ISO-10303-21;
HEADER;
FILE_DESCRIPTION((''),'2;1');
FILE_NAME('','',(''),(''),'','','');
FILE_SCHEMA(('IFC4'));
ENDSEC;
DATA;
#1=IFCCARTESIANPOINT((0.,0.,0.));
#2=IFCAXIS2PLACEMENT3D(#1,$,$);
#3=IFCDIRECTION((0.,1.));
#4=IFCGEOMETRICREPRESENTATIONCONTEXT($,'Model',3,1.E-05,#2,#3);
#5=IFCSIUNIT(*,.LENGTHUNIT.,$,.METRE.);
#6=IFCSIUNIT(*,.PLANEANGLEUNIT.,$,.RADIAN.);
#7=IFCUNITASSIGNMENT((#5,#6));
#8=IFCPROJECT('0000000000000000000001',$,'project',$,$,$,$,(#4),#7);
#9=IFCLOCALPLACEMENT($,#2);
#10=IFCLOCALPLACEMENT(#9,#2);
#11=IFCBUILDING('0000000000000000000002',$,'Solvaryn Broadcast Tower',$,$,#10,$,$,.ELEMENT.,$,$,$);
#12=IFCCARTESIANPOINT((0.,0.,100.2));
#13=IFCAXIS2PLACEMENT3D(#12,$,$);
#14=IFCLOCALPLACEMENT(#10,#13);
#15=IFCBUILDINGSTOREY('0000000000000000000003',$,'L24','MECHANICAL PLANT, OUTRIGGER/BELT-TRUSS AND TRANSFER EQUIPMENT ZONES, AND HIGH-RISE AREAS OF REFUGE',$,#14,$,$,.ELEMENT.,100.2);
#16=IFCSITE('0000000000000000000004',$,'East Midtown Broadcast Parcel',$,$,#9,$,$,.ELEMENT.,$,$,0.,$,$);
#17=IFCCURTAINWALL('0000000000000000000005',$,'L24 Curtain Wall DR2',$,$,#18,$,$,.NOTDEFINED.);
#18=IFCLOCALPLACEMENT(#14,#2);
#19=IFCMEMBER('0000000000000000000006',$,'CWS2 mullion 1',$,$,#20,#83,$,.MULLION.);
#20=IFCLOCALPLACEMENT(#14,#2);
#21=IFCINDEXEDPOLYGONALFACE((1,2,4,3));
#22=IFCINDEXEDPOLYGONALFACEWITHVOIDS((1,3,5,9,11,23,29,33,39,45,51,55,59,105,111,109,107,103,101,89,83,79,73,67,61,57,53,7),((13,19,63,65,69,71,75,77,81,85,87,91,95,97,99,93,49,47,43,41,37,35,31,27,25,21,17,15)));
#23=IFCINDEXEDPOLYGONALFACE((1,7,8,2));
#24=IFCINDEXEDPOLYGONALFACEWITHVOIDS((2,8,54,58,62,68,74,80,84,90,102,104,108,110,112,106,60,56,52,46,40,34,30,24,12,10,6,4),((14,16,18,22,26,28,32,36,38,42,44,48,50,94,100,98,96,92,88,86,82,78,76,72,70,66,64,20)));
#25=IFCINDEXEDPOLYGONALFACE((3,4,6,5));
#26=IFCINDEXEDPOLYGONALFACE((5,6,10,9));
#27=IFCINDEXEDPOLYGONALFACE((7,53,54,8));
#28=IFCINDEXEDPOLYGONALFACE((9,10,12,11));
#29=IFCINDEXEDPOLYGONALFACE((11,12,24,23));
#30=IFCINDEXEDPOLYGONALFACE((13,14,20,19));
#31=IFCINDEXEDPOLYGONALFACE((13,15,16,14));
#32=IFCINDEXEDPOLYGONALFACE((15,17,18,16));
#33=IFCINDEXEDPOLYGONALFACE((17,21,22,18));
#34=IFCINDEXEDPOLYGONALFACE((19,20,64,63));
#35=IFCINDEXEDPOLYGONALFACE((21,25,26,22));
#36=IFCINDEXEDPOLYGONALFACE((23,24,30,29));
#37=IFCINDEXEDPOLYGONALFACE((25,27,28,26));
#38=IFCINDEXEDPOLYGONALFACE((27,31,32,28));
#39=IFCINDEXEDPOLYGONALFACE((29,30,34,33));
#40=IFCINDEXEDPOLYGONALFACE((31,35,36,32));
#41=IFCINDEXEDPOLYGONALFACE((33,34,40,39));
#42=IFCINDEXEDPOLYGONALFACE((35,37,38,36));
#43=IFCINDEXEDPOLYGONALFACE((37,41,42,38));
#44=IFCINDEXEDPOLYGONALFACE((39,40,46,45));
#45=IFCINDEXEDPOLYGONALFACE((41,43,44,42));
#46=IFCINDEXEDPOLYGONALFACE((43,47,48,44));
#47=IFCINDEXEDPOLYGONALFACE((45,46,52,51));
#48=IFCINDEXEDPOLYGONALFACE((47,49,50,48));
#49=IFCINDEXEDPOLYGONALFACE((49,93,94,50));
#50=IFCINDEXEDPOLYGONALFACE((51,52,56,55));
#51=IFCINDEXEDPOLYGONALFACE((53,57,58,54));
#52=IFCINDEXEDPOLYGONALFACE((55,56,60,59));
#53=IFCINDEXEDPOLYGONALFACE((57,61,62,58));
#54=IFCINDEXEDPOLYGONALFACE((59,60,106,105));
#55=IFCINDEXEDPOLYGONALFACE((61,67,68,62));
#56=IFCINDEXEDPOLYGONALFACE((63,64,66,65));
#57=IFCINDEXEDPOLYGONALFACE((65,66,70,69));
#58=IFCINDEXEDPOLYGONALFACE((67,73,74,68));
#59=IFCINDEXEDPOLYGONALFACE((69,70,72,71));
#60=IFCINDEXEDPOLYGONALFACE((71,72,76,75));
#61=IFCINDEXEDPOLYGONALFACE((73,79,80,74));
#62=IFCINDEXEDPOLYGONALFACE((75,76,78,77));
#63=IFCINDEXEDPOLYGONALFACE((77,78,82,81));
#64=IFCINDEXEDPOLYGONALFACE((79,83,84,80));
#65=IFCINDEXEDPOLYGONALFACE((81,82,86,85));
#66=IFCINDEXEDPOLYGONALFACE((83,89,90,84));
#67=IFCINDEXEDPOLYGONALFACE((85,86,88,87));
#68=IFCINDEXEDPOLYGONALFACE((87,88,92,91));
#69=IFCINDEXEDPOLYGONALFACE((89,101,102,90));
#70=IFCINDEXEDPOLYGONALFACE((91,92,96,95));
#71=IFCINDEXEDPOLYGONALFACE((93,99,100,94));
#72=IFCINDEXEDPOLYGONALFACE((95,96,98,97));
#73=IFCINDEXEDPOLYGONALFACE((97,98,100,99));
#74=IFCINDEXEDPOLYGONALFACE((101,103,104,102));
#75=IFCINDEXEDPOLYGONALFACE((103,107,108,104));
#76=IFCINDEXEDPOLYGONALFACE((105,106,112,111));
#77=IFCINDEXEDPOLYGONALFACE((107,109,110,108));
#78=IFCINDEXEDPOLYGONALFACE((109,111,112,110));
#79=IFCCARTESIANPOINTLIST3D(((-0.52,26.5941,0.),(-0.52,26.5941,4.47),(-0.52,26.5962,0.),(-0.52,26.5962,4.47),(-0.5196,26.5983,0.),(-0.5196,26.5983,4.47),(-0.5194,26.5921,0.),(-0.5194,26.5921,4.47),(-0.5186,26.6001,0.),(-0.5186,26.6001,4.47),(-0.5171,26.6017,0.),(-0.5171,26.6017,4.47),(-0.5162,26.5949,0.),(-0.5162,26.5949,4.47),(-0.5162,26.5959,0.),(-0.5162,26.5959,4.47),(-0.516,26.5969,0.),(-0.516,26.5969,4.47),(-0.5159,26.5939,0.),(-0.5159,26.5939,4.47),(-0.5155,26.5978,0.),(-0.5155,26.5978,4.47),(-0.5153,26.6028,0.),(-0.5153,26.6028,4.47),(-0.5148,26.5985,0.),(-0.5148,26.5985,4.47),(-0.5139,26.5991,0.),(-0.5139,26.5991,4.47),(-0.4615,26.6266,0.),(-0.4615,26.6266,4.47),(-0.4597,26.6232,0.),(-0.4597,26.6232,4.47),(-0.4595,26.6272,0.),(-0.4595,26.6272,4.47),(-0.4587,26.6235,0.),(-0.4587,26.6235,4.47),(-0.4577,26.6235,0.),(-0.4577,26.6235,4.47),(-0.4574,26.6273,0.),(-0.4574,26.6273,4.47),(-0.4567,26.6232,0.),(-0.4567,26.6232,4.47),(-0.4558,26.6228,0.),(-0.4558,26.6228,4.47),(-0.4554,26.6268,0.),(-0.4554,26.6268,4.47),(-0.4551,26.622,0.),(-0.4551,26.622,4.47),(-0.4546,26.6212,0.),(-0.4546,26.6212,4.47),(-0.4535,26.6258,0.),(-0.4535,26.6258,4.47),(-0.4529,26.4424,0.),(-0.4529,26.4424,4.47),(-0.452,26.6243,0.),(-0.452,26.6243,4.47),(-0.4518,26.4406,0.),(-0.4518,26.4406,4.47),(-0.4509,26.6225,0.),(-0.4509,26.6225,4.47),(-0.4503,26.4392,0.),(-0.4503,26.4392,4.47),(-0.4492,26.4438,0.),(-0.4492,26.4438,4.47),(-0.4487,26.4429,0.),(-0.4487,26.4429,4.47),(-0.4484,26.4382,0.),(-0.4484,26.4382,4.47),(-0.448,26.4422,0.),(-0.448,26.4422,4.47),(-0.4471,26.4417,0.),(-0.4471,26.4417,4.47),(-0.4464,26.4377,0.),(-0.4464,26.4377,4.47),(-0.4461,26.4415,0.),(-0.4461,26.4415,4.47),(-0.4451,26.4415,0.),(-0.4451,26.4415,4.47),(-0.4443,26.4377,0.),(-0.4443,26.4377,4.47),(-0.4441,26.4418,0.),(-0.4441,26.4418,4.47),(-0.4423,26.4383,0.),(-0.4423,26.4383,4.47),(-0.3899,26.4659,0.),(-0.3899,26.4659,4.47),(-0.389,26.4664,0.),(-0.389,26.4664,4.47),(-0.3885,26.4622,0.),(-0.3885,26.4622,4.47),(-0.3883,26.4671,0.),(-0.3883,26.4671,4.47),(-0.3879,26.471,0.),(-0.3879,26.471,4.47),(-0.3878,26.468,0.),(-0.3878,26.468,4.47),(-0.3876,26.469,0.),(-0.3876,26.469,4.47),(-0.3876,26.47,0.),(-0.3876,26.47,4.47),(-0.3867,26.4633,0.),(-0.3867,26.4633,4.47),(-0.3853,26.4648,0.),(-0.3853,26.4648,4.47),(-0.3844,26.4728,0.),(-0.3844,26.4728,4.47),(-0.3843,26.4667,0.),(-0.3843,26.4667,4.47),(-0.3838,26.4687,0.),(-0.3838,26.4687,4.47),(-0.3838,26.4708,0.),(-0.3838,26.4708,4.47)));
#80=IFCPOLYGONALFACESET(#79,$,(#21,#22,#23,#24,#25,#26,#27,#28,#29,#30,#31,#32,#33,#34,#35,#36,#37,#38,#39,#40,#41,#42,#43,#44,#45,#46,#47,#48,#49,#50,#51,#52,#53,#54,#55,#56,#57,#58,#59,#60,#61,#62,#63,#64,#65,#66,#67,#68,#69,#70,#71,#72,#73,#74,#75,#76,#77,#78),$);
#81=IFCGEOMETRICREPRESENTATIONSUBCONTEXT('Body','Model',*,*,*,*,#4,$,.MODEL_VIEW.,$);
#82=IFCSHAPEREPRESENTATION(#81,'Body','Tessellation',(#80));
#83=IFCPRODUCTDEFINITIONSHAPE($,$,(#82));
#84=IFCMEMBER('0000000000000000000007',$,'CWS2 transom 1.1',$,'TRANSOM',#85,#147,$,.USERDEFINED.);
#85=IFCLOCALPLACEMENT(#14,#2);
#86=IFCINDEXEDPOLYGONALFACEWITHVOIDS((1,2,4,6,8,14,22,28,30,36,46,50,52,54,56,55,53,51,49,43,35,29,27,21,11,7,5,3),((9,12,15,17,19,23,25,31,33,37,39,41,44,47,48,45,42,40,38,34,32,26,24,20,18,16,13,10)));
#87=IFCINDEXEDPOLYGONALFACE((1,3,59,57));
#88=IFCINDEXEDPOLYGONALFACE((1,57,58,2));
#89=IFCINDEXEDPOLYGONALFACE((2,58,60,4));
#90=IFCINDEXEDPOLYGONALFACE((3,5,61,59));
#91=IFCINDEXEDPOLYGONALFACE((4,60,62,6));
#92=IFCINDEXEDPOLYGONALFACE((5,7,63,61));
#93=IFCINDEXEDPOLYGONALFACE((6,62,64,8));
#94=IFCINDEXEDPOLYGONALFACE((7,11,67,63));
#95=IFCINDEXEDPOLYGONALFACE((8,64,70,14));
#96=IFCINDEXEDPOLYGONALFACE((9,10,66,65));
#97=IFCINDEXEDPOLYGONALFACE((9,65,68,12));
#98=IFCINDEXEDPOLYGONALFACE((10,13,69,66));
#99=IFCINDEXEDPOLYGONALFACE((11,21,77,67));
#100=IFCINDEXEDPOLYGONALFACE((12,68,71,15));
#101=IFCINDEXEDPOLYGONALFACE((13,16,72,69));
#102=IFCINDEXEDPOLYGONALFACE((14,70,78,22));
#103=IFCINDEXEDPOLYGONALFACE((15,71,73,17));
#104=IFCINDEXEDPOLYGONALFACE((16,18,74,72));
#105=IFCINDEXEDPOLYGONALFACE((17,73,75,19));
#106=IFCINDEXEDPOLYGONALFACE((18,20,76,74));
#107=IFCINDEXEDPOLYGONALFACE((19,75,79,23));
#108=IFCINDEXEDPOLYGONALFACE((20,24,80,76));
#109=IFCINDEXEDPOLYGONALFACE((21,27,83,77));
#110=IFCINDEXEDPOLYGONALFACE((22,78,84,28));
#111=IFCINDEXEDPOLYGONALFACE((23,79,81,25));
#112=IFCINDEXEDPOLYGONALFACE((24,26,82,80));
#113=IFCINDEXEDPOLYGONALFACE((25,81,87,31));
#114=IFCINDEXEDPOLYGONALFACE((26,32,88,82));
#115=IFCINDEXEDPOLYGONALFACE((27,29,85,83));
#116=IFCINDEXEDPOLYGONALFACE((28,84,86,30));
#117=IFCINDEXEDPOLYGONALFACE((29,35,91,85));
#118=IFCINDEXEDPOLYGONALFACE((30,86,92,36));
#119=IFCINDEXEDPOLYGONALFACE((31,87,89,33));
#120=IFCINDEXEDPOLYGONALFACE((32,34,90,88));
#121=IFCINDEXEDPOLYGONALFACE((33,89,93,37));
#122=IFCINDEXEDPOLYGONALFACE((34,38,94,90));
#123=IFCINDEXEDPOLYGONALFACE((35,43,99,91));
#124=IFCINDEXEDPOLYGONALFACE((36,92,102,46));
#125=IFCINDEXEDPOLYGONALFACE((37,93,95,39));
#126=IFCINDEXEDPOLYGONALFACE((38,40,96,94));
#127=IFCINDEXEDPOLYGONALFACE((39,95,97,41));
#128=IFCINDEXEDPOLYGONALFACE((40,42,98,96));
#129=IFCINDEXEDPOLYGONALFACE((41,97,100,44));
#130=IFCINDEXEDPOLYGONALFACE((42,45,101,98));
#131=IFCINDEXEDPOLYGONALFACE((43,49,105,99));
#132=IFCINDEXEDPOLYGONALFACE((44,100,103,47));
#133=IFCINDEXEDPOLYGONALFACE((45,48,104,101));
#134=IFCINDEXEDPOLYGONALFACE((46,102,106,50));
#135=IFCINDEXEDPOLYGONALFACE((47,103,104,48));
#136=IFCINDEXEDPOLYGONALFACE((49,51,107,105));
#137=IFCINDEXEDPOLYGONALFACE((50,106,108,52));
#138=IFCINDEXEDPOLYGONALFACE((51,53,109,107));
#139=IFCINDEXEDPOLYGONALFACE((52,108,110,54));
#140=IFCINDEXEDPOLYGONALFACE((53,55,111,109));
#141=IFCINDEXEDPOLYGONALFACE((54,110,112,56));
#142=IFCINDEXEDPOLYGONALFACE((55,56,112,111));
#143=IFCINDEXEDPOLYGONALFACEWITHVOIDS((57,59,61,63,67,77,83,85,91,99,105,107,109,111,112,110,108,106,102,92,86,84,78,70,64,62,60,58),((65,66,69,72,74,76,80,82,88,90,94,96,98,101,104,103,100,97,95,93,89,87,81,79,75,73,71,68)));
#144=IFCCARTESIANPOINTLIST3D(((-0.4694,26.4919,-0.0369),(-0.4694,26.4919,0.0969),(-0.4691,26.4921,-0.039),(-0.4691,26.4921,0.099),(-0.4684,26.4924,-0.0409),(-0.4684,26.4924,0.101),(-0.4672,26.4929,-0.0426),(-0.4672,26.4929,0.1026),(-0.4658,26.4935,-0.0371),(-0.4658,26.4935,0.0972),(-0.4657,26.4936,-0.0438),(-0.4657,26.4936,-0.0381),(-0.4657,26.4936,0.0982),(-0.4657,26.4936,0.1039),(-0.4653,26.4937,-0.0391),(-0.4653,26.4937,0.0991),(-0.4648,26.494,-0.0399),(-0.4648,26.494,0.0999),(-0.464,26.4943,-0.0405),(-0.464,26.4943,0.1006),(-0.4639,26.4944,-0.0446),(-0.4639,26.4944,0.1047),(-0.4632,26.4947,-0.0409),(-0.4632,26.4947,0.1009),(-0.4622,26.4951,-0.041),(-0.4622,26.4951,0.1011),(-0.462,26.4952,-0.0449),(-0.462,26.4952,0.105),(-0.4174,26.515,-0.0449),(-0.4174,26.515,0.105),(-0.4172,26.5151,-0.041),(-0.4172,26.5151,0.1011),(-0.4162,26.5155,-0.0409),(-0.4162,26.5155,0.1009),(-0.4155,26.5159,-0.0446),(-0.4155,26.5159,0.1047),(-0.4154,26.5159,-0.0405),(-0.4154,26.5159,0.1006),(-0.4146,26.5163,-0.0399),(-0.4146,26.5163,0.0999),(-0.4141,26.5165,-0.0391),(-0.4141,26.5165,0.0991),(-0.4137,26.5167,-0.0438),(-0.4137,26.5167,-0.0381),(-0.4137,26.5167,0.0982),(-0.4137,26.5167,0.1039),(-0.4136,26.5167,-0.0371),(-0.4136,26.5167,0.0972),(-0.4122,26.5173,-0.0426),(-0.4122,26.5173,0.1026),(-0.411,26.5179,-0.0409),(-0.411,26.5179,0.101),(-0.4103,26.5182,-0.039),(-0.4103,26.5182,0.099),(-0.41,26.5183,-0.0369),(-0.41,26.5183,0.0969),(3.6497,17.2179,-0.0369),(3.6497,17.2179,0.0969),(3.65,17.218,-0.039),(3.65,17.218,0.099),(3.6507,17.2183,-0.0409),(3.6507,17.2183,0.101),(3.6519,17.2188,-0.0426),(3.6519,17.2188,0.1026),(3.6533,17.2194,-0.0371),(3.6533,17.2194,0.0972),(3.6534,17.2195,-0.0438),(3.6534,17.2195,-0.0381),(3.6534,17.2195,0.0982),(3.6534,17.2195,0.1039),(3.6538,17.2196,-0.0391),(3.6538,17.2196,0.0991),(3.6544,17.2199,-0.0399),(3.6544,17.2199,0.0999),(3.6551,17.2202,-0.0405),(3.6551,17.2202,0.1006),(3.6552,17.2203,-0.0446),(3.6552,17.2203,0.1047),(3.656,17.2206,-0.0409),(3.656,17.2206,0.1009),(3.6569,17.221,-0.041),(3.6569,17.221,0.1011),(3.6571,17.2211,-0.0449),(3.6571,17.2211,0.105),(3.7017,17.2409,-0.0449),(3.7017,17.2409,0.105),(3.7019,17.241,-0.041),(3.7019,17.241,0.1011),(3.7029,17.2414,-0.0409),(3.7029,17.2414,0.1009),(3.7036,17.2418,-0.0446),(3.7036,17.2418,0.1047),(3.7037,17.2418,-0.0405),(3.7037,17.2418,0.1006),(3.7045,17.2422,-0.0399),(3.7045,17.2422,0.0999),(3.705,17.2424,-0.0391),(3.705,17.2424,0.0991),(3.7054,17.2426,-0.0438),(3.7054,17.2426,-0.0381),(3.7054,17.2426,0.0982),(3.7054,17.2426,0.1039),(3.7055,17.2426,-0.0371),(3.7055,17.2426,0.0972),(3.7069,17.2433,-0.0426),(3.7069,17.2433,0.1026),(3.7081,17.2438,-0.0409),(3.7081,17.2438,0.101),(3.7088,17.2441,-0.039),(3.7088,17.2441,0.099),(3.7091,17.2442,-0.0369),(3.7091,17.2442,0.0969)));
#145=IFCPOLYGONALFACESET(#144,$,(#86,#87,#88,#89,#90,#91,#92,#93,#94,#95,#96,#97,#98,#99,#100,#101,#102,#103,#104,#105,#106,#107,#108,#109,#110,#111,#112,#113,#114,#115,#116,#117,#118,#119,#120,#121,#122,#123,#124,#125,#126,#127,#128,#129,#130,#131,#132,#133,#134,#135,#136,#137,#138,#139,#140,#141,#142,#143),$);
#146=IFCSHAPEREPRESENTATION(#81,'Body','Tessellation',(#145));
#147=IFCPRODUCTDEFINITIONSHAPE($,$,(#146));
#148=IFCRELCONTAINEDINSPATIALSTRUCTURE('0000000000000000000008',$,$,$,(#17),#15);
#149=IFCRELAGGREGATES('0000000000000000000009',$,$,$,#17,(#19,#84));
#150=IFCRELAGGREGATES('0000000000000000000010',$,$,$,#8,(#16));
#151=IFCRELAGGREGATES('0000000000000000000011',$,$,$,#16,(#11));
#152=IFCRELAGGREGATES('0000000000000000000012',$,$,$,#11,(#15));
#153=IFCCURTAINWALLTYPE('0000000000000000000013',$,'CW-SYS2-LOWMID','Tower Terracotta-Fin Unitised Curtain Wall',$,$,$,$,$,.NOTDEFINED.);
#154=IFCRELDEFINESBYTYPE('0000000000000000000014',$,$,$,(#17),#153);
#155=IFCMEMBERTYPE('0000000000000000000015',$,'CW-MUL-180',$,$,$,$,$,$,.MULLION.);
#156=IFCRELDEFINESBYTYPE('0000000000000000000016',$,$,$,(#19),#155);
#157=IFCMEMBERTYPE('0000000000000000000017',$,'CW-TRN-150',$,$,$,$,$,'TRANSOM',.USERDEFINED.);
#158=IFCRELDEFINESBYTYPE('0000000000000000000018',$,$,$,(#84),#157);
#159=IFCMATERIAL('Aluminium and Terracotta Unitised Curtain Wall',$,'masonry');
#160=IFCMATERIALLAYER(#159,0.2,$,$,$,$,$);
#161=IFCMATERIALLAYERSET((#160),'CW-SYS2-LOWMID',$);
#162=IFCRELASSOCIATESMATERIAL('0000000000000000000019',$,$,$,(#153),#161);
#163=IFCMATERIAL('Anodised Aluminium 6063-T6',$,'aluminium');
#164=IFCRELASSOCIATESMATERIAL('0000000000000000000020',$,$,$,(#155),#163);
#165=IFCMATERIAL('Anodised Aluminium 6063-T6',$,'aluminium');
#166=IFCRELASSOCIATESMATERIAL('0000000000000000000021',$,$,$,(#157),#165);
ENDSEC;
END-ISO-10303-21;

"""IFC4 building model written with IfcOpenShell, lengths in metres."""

from ifc_helpers import new_model, si_unit, direction, frame, origin, origin_2d, place, context, subcontext, project, spatial, hollow_rectangle, extrude, material, layer, layer_set, material_profile, profile_set, type_object, element, aggregate, save


model = new_model("IFC4")

# Units and contexts
model_context = context("Model", 3, precision=1e-05, world=origin(), true_north=direction((0.0, 1.0)))
body_context = subcontext(model_context, "Body", "Model", "MODEL_VIEW")
ifc_project = project(units=[si_unit("LENGTHUNIT", "METRE"), si_unit("PLANEANGLEUNIT", "RADIAN")], contexts=[model_context])

# Site, building, storey
site_placement = place(None, origin())
site = spatial("IfcSite", under=ifc_project, at=site_placement, Name="East Midtown Broadcast Parcel", CompositionType="ELEMENT", RefElevation=0.0)
building_placement = place(site_placement, origin())
building = spatial("IfcBuilding", under=site, at=building_placement, Name="Solvaryn Broadcast Tower", CompositionType="ELEMENT")
storey_placement = place(building_placement, frame((0.0, 0.0, 100.2)))
storey = spatial("IfcBuildingStorey", under=building, at=storey_placement, Name="L24", Description="MECHANICAL PLANT, OUTRIGGER/BELT-TRUSS AND TRANSFER EQUIPMENT ZONES, AND HIGH-RISE AREAS OF REFUGE", CompositionType="ELEMENT", Elevation=100.2)

# Shared definitions
ifc_material_1 = material(Name="Aluminium and Terracotta Unitised Curtain Wall", Category="masonry")
ifc_layer_1 = layer(ifc_material_1, 0.2)
ifc_layer_set_1 = layer_set([ifc_layer_1], Name="CW-SYS2-LOWMID")
curtain_wall_type = type_object("IfcCurtainWallType", Name="CW-SYS2-LOWMID", Description="Tower Terracotta-Fin Unitised Curtain Wall", PredefinedType="NOTDEFINED", material=ifc_layer_set_1)
ifc_material_2 = material(Name="Anodised Aluminium 6063-T6", Category="aluminium")
ifc_material_profile_1 = material_profile(ifc_material_2, hollow_rectangle(XDim=0.075, YDim=0.1799, WallThickness=0.0039, InnerFilletRadius=0.0039, OuterFilletRadius=0.0081, at=origin_2d()))
ifc_profile_set_1 = profile_set([ifc_material_profile_1], Name="Anodised Aluminium 6063-T6")
member_type_1 = type_object("IfcMemberType", Name="CW-MUL-180", PredefinedType="MULLION", material=ifc_profile_set_1)

# Curtain wall, members
curtain_wall_1_placement = place(storey_placement, origin())
curtain_wall_1 = element("IfcCurtainWall", 1, at=curtain_wall_1_placement, inside=storey, type_object=curtain_wall_type, Name="L24 Curtain Wall DR2", PredefinedType="NOTDEFINED")
member_1_placement = place(storey_placement, frame((-0.4519, 26.5325, 0.0), z_axis=(0.0, 0.0, 1.0), x_axis=(0.913918, 0.405898, 0.0)))
member_1 = element("IfcMember", 2, at=member_1_placement, type_object=member_type_1, Name="CWS2 mullion 1", PredefinedType="MULLION", context=body_context, shape_type="SweptSolid", body=[
    extrude(hollow_rectangle(XDim=0.075, YDim=0.1799, WallThickness=0.0039, InnerFilletRadius=0.0039, OuterFilletRadius=0.0081, at=origin_2d()), origin(), (0.0, 0.0, 1.0), 4.47),
])
ifc_material_3 = material(Name="Anodised Aluminium 6063-T6", Category="aluminium")
ifc_material_profile_2 = material_profile(ifc_material_3, hollow_rectangle(XDim=0.0649, YDim=0.1499, WallThickness=0.0039, InnerFilletRadius=0.0039, OuterFilletRadius=0.0081, at=origin_2d()))
ifc_profile_set_2 = profile_set([ifc_material_profile_2], Name="Anodised Aluminium 6063-T6")
member_type_2 = type_object("IfcMemberType", Name="CW-TRN-150", ElementType="TRANSOM", PredefinedType="USERDEFINED", material=ifc_profile_set_2)
member_2_placement = place(storey_placement, frame((-0.4397, 26.5051, 0.03), z_axis=(0.405915, -0.913911, 0.0), x_axis=(0.913911, 0.405915, 0.0)))
member_2 = element("IfcMember", 3, at=member_2_placement, type_object=member_type_2, Name="CWS2 transom 1.1", ObjectType="TRANSOM", PredefinedType="USERDEFINED", context=body_context, shape_type="SweptSolid", body=[
    extrude(hollow_rectangle(XDim=0.0649, YDim=0.1499, WallThickness=0.0039, InnerFilletRadius=0.0039, OuterFilletRadius=0.0081, at=origin_2d()), origin(), (0.0, 0.0, 1.0), 10.1477),
])

aggregate(curtain_wall_1, [member_1, member_2])

save(model, "model.ifc")
